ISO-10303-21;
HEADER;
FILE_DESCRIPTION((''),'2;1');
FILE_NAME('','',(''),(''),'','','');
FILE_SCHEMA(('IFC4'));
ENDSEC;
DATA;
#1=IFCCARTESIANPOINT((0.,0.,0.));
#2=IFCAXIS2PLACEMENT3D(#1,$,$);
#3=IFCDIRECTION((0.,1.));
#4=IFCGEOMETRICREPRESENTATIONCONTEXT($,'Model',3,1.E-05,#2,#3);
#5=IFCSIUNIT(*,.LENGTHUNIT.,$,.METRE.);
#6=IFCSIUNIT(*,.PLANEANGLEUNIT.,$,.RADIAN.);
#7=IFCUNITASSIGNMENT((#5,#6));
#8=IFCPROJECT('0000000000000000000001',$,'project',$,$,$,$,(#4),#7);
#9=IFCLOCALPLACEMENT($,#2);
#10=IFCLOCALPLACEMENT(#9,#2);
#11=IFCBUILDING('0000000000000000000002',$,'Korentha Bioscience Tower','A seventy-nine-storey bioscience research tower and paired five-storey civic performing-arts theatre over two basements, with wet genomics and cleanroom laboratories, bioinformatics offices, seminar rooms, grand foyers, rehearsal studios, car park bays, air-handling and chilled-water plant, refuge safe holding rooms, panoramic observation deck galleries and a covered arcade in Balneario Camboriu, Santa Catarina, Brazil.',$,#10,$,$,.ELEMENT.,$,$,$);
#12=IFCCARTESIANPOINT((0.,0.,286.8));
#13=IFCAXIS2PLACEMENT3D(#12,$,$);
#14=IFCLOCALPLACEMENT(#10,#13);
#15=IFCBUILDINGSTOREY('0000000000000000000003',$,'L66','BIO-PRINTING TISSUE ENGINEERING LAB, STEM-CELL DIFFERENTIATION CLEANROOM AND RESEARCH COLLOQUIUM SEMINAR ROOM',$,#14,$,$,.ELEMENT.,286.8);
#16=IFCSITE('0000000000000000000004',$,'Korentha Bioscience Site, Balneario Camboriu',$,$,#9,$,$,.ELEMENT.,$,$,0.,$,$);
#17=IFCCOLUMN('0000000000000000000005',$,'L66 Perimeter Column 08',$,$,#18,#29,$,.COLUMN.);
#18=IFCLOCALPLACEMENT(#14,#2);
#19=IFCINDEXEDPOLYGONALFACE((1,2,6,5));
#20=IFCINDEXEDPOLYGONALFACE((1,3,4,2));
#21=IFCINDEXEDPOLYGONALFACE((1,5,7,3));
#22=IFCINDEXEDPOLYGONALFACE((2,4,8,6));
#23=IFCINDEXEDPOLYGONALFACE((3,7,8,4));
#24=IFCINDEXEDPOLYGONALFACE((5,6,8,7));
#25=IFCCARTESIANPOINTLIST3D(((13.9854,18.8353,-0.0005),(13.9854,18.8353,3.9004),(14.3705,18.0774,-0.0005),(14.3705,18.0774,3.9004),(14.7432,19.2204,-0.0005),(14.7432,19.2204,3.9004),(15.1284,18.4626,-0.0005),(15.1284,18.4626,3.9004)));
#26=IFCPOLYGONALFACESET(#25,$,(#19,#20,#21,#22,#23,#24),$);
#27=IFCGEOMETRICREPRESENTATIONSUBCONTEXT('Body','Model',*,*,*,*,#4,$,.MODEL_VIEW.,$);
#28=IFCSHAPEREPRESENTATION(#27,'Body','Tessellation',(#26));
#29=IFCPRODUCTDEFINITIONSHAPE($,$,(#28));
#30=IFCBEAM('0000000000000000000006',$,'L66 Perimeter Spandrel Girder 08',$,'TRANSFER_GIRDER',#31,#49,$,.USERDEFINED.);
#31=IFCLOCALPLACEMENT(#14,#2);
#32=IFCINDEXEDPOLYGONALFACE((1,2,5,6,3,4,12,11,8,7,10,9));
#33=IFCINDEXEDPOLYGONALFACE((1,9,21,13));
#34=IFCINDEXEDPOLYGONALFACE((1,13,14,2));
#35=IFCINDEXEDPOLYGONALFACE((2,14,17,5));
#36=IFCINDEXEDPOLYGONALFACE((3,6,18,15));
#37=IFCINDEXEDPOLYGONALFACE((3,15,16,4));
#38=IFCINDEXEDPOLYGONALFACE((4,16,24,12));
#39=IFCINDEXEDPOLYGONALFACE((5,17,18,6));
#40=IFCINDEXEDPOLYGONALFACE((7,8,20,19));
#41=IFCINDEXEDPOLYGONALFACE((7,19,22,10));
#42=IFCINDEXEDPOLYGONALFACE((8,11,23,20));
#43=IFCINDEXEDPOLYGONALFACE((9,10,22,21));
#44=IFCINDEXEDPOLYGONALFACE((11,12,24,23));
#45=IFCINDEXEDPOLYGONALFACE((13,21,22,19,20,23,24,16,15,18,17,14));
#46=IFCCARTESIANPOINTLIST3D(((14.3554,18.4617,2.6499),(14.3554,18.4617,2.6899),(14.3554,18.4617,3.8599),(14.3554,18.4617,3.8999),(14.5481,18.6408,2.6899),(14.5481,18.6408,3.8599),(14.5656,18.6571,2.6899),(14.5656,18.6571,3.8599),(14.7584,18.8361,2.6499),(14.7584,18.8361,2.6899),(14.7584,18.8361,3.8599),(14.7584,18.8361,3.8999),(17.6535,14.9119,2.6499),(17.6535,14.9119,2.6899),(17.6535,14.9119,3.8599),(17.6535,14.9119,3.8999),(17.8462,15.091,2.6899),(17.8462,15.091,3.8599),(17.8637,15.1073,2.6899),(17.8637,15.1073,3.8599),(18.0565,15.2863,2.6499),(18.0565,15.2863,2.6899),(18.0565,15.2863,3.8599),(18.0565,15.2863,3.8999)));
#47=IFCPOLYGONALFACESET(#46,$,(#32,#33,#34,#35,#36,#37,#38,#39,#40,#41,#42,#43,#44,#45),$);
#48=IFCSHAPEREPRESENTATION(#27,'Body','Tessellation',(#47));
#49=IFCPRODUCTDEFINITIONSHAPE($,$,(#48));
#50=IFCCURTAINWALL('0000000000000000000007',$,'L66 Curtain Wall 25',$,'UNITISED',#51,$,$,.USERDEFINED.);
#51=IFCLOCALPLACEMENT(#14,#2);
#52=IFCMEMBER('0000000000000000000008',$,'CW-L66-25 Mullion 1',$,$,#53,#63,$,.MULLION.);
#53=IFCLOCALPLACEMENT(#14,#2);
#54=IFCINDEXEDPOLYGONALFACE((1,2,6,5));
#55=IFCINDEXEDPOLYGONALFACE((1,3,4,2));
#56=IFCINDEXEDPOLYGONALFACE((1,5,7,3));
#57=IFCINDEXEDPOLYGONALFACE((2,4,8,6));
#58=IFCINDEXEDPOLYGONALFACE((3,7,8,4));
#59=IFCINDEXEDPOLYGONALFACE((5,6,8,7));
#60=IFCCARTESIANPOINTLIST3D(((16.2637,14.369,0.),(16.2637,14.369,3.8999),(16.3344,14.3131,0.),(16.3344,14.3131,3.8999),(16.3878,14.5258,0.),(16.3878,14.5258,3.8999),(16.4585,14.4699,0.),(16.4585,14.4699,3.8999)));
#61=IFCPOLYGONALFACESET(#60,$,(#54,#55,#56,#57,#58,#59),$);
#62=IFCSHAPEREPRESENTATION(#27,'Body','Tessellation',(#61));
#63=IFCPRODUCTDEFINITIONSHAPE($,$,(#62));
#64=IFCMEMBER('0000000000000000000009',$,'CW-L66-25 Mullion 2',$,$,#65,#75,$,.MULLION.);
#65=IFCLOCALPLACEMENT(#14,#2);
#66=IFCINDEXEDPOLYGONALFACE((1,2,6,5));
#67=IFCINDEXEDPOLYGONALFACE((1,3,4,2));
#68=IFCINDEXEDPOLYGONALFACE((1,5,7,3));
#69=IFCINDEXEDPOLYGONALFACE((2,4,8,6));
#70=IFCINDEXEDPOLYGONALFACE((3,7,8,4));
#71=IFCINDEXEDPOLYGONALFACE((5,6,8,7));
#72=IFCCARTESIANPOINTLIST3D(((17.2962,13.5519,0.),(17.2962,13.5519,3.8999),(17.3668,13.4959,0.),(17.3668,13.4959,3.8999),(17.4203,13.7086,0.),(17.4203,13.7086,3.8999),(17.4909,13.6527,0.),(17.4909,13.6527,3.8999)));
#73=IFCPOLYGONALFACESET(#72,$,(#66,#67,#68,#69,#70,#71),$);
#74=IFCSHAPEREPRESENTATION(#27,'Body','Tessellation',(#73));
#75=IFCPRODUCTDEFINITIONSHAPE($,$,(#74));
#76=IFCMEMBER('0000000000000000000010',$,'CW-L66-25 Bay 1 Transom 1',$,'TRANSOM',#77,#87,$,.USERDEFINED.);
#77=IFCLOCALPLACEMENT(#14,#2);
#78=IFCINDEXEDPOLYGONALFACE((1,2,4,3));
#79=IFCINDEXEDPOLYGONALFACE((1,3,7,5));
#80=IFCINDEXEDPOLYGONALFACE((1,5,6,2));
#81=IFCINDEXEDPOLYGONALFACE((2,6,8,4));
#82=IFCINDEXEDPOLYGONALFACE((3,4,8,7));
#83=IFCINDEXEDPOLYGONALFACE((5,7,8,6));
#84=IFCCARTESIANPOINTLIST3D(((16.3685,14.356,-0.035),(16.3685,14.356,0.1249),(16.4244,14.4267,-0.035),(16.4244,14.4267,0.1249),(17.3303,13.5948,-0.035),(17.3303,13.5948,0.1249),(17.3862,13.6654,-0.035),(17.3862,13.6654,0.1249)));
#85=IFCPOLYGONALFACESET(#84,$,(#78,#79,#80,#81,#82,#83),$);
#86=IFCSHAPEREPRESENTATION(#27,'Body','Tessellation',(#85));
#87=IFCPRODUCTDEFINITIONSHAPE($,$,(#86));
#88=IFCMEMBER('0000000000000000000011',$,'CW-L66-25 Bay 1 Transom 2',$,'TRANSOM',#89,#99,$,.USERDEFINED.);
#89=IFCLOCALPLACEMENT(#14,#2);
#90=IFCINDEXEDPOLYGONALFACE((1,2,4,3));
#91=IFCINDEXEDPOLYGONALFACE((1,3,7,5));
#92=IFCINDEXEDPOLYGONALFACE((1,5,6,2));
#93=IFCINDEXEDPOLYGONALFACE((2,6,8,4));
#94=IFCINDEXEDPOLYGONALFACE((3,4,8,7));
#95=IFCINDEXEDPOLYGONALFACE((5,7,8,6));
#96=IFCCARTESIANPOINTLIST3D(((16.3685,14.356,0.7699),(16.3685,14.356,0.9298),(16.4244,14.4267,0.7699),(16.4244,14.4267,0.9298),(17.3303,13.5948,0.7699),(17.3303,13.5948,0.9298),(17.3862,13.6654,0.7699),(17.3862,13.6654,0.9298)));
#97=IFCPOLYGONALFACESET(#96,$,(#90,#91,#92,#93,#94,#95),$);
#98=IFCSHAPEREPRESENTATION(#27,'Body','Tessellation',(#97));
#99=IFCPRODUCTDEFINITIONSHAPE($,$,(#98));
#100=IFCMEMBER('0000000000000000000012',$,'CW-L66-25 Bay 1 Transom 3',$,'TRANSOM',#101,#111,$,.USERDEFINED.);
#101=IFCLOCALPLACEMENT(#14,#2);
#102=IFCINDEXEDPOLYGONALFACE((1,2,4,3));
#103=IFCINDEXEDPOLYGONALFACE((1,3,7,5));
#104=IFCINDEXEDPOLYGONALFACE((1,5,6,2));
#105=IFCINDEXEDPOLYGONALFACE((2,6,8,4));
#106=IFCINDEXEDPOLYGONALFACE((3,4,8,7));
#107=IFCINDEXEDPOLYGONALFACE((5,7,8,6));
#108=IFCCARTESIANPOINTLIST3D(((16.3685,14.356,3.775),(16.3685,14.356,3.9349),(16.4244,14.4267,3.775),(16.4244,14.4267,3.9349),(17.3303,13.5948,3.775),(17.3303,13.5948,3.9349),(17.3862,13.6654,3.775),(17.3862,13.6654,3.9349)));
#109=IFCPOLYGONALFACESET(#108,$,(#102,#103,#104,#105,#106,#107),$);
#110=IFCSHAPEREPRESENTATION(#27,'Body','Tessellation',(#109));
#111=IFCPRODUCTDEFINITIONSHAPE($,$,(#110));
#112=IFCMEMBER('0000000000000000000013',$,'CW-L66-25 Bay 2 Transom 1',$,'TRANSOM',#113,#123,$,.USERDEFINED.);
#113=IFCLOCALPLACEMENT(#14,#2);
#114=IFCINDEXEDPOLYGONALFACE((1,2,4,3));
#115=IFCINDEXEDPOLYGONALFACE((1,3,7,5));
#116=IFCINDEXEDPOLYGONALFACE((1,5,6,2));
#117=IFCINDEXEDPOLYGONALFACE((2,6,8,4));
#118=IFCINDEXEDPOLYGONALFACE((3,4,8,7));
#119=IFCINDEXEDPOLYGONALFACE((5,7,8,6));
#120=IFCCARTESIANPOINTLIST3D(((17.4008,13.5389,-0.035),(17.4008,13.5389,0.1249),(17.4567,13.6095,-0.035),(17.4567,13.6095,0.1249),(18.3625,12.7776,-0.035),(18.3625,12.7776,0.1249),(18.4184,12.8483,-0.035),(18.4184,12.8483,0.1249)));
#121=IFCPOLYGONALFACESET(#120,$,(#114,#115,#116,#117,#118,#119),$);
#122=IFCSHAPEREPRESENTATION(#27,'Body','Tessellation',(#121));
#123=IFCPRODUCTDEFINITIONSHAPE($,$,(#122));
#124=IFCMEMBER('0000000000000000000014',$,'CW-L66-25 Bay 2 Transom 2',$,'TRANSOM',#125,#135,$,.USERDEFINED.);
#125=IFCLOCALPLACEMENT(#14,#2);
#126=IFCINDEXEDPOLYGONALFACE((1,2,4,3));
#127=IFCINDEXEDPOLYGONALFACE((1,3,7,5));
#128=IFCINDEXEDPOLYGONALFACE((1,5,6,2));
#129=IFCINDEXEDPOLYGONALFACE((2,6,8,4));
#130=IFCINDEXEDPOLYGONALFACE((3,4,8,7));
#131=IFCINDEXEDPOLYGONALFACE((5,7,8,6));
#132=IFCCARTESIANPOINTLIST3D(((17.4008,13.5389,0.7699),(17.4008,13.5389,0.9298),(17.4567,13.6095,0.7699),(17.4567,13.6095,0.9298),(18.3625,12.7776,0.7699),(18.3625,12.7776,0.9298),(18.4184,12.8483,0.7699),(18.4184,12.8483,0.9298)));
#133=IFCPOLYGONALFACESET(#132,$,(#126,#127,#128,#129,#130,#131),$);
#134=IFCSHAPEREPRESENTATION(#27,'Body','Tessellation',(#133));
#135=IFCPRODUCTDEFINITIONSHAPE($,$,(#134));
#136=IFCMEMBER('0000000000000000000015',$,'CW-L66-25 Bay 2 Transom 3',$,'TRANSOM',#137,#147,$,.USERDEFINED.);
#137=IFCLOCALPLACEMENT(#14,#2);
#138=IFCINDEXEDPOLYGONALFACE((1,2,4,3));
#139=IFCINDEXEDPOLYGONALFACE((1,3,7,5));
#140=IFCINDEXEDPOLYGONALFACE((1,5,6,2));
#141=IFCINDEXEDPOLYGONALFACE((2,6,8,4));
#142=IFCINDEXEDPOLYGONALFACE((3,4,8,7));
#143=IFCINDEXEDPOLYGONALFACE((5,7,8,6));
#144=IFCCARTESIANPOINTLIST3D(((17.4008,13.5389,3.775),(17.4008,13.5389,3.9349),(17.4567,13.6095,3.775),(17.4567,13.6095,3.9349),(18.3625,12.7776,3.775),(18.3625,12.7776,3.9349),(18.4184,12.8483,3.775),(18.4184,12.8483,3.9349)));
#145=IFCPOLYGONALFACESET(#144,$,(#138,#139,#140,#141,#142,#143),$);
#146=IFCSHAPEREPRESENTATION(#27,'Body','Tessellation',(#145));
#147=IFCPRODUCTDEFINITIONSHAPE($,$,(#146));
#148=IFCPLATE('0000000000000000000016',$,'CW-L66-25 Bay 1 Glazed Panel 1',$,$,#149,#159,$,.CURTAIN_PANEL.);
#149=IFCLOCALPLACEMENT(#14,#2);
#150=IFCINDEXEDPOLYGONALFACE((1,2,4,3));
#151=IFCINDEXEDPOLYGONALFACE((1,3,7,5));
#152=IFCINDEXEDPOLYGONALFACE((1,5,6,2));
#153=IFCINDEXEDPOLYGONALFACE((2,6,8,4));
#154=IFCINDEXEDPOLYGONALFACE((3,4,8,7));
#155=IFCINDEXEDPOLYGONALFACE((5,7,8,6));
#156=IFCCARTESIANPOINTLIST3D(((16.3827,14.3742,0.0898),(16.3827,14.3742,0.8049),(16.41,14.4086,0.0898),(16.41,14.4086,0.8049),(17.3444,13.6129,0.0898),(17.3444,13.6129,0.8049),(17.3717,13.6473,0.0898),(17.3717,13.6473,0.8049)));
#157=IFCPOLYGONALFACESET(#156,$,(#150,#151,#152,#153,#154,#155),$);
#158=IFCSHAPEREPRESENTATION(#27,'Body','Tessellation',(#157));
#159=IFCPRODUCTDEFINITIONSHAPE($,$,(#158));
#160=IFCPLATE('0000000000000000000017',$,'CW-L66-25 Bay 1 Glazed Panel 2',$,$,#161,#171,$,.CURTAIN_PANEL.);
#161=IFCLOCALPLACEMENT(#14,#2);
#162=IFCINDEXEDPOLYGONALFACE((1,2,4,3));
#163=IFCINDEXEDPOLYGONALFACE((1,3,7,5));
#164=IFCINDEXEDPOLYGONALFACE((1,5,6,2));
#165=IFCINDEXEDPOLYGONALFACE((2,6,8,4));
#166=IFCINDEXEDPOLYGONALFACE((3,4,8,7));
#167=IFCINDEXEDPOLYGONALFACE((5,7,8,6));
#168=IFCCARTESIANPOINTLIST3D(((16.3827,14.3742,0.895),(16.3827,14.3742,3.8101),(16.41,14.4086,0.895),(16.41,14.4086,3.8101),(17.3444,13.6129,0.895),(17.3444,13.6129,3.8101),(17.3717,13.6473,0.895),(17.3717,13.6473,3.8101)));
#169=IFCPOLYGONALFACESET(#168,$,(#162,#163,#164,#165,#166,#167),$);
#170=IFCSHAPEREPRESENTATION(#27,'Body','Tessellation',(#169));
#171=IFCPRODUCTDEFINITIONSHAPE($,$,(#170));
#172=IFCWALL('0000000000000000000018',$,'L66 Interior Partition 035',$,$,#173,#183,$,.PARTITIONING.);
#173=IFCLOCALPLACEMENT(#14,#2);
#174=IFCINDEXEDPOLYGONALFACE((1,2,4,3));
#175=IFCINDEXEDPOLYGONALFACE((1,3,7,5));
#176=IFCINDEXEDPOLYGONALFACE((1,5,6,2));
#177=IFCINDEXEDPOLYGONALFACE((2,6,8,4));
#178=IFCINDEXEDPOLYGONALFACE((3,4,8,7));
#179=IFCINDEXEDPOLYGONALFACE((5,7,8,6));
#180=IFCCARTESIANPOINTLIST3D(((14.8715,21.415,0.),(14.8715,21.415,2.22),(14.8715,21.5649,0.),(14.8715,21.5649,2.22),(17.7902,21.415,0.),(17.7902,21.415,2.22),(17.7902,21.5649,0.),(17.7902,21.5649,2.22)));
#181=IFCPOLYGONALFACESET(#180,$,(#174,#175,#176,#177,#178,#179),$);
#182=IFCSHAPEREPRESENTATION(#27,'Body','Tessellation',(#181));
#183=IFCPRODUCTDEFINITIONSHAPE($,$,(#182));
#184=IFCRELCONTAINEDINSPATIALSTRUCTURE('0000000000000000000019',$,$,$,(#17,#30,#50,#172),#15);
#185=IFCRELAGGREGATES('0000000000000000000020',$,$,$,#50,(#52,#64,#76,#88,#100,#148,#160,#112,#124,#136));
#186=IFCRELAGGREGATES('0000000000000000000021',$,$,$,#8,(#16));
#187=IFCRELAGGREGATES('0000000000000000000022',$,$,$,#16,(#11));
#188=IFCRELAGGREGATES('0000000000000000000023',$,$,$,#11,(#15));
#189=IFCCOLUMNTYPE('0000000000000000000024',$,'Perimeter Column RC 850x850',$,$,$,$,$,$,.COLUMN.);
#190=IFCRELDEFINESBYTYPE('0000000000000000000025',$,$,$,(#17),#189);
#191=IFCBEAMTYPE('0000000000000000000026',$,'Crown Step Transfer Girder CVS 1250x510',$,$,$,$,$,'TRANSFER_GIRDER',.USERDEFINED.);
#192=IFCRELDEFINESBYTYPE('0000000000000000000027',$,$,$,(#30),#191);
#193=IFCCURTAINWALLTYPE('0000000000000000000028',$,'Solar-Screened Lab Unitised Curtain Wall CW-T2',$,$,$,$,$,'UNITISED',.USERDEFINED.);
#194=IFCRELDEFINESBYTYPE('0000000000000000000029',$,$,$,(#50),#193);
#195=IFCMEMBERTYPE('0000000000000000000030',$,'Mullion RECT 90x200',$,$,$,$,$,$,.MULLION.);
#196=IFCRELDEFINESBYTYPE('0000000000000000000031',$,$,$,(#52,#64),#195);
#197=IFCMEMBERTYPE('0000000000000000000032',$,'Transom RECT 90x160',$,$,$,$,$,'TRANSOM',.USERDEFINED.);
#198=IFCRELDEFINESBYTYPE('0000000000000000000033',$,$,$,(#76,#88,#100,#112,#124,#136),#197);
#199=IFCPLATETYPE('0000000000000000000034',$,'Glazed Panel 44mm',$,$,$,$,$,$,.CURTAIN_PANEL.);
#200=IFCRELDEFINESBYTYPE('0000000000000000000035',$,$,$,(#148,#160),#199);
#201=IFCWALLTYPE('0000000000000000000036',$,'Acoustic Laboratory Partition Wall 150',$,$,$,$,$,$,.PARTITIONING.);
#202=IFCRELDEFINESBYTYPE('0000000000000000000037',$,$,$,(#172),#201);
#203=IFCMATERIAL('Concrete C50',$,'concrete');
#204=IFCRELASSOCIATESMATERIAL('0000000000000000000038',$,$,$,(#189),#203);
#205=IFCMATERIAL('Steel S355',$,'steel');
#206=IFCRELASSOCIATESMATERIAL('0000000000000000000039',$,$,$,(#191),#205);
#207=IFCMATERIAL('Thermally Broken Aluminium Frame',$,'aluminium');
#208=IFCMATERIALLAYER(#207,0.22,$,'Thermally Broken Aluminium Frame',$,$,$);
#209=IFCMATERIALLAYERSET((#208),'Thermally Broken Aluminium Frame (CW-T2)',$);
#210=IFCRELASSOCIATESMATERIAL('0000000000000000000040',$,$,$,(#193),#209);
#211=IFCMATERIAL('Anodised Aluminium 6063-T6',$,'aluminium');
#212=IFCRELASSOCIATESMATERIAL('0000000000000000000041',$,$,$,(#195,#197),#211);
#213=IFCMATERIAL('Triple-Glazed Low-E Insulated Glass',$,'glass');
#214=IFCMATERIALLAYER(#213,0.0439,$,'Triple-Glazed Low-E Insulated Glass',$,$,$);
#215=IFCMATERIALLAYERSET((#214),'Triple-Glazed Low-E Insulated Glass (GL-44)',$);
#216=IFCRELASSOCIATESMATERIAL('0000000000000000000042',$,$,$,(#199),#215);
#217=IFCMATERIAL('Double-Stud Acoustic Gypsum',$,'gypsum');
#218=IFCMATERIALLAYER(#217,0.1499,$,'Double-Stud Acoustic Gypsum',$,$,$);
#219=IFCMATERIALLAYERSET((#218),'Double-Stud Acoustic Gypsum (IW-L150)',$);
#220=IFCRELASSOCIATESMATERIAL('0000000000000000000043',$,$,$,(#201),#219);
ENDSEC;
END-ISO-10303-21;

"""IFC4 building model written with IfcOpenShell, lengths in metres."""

from ifc_helpers import new_model, si_unit, direction, frame, frame_2d, origin, origin_2d, place, context, subcontext, project, spatial, rectangle, i_section, extrude, material, layer, layer_set, material_profile, profile_set, type_object, element, aggregate, save


model = new_model("IFC4")

# Units and contexts
model_context = context("Model", 3, precision=1e-05, world=origin(), true_north=direction((0.0, 1.0)))
body_context = subcontext(model_context, "Body", "Model", "MODEL_VIEW")
ifc_project = project(units=[si_unit("LENGTHUNIT", "METRE"), si_unit("PLANEANGLEUNIT", "RADIAN")], contexts=[model_context])

# Site, building, storey
site_placement = place(None, origin())
site = spatial("IfcSite", under=ifc_project, at=site_placement, Name="Korentha Bioscience Site, Balneario Camboriu", CompositionType="ELEMENT", RefElevation=0.0)
building_placement = place(site_placement, origin())
building = spatial("IfcBuilding", under=site, at=building_placement, Name="Korentha Bioscience Tower", Description="A seventy-nine-storey bioscience research tower and paired five-storey civic performing-arts theatre over two basements, with wet genomics and cleanroom laboratories, bioinformatics offices, seminar rooms, grand foyers, rehearsal studios, car park bays, air-handling and chilled-water plant, refuge safe holding rooms, panoramic observation deck galleries and a covered arcade in Balneario Camboriu, Santa Catarina, Brazil.", CompositionType="ELEMENT")
storey_placement = place(building_placement, frame((0.0, 0.0, 286.8)))
storey = spatial("IfcBuildingStorey", under=building, at=storey_placement, Name="L66", Description="BIO-PRINTING TISSUE ENGINEERING LAB, STEM-CELL DIFFERENTIATION CLEANROOM AND RESEARCH COLLOQUIUM SEMINAR ROOM", CompositionType="ELEMENT", Elevation=286.8)

# Column
ifc_material_1 = material(Name="Concrete C50", Category="concrete")
ifc_material_profile_1 = material_profile(ifc_material_1, rectangle(XDim=0.8501, YDim=0.8501, at=origin_2d()), Name="Concrete C50")
ifc_profile_set_1 = profile_set([ifc_material_profile_1], Name="Concrete C50 (COL-P08)")
column_type = type_object("IfcColumnType", Name="Perimeter Column RC 850x850", PredefinedType="COLUMN", material=ifc_profile_set_1)
column_placement = place(storey_placement, frame((14.5569, 18.6489, -0.0005), z_axis=(0.0, 0.0, 1.0), x_axis=(-0.453057, 0.891481, 0.0)))
element("IfcColumn", 1, at=column_placement, inside=storey, type_object=column_type, Name="L66 Perimeter Column 08", PredefinedType="COLUMN", context=body_context, shape_type="SweptSolid", body=[
    extrude(rectangle(XDim=0.8501, YDim=0.8501, at=origin_2d()), origin(), (0.0, 0.0, 1.0), 3.9009),
])

# Beam
ifc_material_2 = material(Name="Steel S355", Category="steel")
ifc_material_profile_2 = material_profile(ifc_material_2, i_section(OverallWidth=0.55, OverallDepth=1.25, WebThickness=0.0239, FlangeThickness=0.04, at=origin_2d()), Name="Steel S355")
ifc_profile_set_2 = profile_set([ifc_material_profile_2], Name="Steel S355 (TG-03)")
beam_type = type_object("IfcBeamType", Name="Crown Step Transfer Girder CVS 1250x510", ElementType="TRANSFER_GIRDER", PredefinedType="USERDEFINED", material=ifc_profile_set_2)
beam_placement = place(storey_placement, frame((14.5569, 18.6489, 3.2749), z_axis=(0.680656, -0.732603, 0.0), x_axis=(0.732603, 0.680656, 0.0)))
element("IfcBeam", 2, at=beam_placement, inside=storey, type_object=beam_type, Name="L66 Perimeter Spandrel Girder 08", ObjectType="TRANSFER_GIRDER", PredefinedType="USERDEFINED", context=body_context, shape_type="SweptSolid", body=[
    extrude(i_section(OverallWidth=0.55, OverallDepth=1.25, WebThickness=0.0239, FlangeThickness=0.04, at=origin_2d()), origin(), (0.0, 0.0, 1.0), 4.8455),
])

# Curtain wall, members, plates
ifc_material_3 = material(Name="Thermally Broken Aluminium Frame", Category="aluminium")
ifc_layer_1 = layer(ifc_material_3, 0.22, Name="Thermally Broken Aluminium Frame")
ifc_layer_set_1 = layer_set([ifc_layer_1], Name="Thermally Broken Aluminium Frame (CW-T2)")
curtain_wall_type = type_object("IfcCurtainWallType", Name="Solar-Screened Lab Unitised Curtain Wall CW-T2", ElementType="UNITISED", PredefinedType="USERDEFINED", material=ifc_layer_set_1)
curtain_wall_placement = place(storey_placement, origin())
curtain_wall = element("IfcCurtainWall", 3, at=curtain_wall_placement, inside=storey, type_object=curtain_wall_type, Name="L66 Curtain Wall 25", ObjectType="UNITISED", PredefinedType="USERDEFINED")
ifc_material_4 = material(Name="Anodised Aluminium 6063-T6", Category="aluminium")
ifc_material_profile_3 = material_profile(ifc_material_4, rectangle(XDim=0.0901, YDim=0.2, at=origin_2d()), Name="Anodised Aluminium 6063-T6")
ifc_profile_set_3 = profile_set([ifc_material_profile_3], Name="Anodised Aluminium 6063-T6 (CW-MUL)")
member_type_1 = type_object("IfcMemberType", Name="Mullion RECT 90x200", PredefinedType="MULLION", material=ifc_profile_set_3)
member_1_placement = place(storey_placement, frame((16.3611, 14.4194, 0.0), z_axis=(0.0, 0.0, 1.0), x_axis=(0.784076, -0.620665, 0.0)))
member_1 = element("IfcMember", 4, at=member_1_placement, type_object=member_type_1, Name="CW-L66-25 Mullion 1", PredefinedType="MULLION", context=body_context, shape_type="SweptSolid", body=[
    extrude(rectangle(XDim=0.0901, YDim=0.2, at=origin_2d()), origin(), (0.0, 0.0, 1.0), 3.8999),
])
member_2_placement = place(storey_placement, frame((17.3936, 13.6023, 0.0), z_axis=(0.0, 0.0, 1.0), x_axis=(0.784076, -0.620665, 0.0)))
member_2 = element("IfcMember", 5, at=member_2_placement, type_object=member_type_1, Name="CW-L66-25 Mullion 2", PredefinedType="MULLION", context=body_context, shape_type="SweptSolid", body=[
    extrude(rectangle(XDim=0.0901, YDim=0.2, at=origin_2d()), origin(), (0.0, 0.0, 1.0), 3.8999),
])
ifc_material_profile_4 = material_profile(ifc_material_4, rectangle(XDim=0.0901, YDim=0.1599, at=origin_2d()), Name="Anodised Aluminium 6063-T6")
ifc_profile_set_4 = profile_set([ifc_material_profile_4], Name="Anodised Aluminium 6063-T6 (CW-TRN)")
member_type_2 = type_object("IfcMemberType", Name="Transom RECT 90x160", ElementType="TRANSOM", PredefinedType="USERDEFINED", material=ifc_profile_set_4)
member_3_placement = place(storey_placement, frame((16.3965, 14.3914, 0.0449), z_axis=(0.784082, -0.620657, 0.0), x_axis=(0.620657, 0.784082, 0.0)))
member_3 = element("IfcMember", 6, at=member_3_placement, type_object=member_type_2, Name="CW-L66-25 Bay 1 Transom 1", ObjectType="TRANSOM", PredefinedType="USERDEFINED", context=body_context, shape_type="SweptSolid", body=[
    extrude(rectangle(XDim=0.0901, YDim=0.1599, at=origin_2d()), origin(), (0.0, 0.0, 1.0), 1.2266),
])
member_4_placement = place(storey_placement, frame((16.3965, 14.3914, 0.8499), z_axis=(0.784082, -0.620657, 0.0), x_axis=(0.620657, 0.784082, 0.0)))
member_4 = element("IfcMember", 7, at=member_4_placement, type_object=member_type_2, Name="CW-L66-25 Bay 1 Transom 2", ObjectType="TRANSOM", PredefinedType="USERDEFINED", context=body_context, shape_type="SweptSolid", body=[
    extrude(rectangle(XDim=0.0901, YDim=0.1599, at=origin_2d()), origin(), (0.0, 0.0, 1.0), 1.2266),
])
member_5_placement = place(storey_placement, frame((16.3965, 14.3914, 3.855), z_axis=(0.784082, -0.620657, 0.0), x_axis=(0.620657, 0.784082, 0.0)))
member_5 = element("IfcMember", 8, at=member_5_placement, type_object=member_type_2, Name="CW-L66-25 Bay 1 Transom 3", ObjectType="TRANSOM", PredefinedType="USERDEFINED", context=body_context, shape_type="SweptSolid", body=[
    extrude(rectangle(XDim=0.0901, YDim=0.1599, at=origin_2d()), origin(), (0.0, 0.0, 1.0), 1.2266),
])
member_6_placement = place(storey_placement, frame((17.4287, 13.5742, 0.0449), z_axis=(0.784082, -0.620657, 0.0), x_axis=(0.620657, 0.784082, 0.0)))
member_6 = element("IfcMember", 9, at=member_6_placement, type_object=member_type_2, Name="CW-L66-25 Bay 2 Transom 1", ObjectType="TRANSOM", PredefinedType="USERDEFINED", context=body_context, shape_type="SweptSolid", body=[
    extrude(rectangle(XDim=0.0901, YDim=0.1599, at=origin_2d()), origin(), (0.0, 0.0, 1.0), 1.2266),
])
member_7_placement = place(storey_placement, frame((17.4287, 13.5742, 0.8499), z_axis=(0.784082, -0.620657, 0.0), x_axis=(0.620657, 0.784082, 0.0)))
member_7 = element("IfcMember", 10, at=member_7_placement, type_object=member_type_2, Name="CW-L66-25 Bay 2 Transom 2", ObjectType="TRANSOM", PredefinedType="USERDEFINED", context=body_context, shape_type="SweptSolid", body=[
    extrude(rectangle(XDim=0.0901, YDim=0.1599, at=origin_2d()), origin(), (0.0, 0.0, 1.0), 1.2266),
])
member_8_placement = place(storey_placement, frame((17.4287, 13.5742, 3.855), z_axis=(0.784082, -0.620657, 0.0), x_axis=(0.620657, 0.784082, 0.0)))
member_8 = element("IfcMember", 11, at=member_8_placement, type_object=member_type_2, Name="CW-L66-25 Bay 2 Transom 3", ObjectType="TRANSOM", PredefinedType="USERDEFINED", context=body_context, shape_type="SweptSolid", body=[
    extrude(rectangle(XDim=0.0901, YDim=0.1599, at=origin_2d()), origin(), (0.0, 0.0, 1.0), 1.2266),
])
ifc_material_5 = material(Name="Triple-Glazed Low-E Insulated Glass", Category="glass")
ifc_layer_2 = layer(ifc_material_5, 0.0439, Name="Triple-Glazed Low-E Insulated Glass")
ifc_layer_set_2 = layer_set([ifc_layer_2], Name="Triple-Glazed Low-E Insulated Glass (GL-44)")
plate_type = type_object("IfcPlateType", Name="Glazed Panel 44mm", PredefinedType="CURTAIN_PANEL", material=ifc_layer_set_2)
plate_1_placement = place(storey_placement, frame((16.8772, 14.0107, 0.0898), z_axis=(0.0, 0.0, 1.0), x_axis=(0.784076, -0.620665, 0.0)))
plate_1 = element("IfcPlate", 12, at=plate_1_placement, type_object=plate_type, Name="CW-L66-25 Bay 1 Glazed Panel 1", PredefinedType="CURTAIN_PANEL", context=body_context, shape_type="SweptSolid", body=[
    extrude(rectangle(XDim=1.2266, YDim=0.0439, at=origin_2d()), origin(), (0.0, 0.0, 1.0), 0.7151),
])
plate_2_placement = place(storey_placement, frame((16.8772, 14.0107, 0.895), z_axis=(0.0, 0.0, 1.0), x_axis=(0.784076, -0.620665, 0.0)))
plate_2 = element("IfcPlate", 13, at=plate_2_placement, type_object=plate_type, Name="CW-L66-25 Bay 1 Glazed Panel 2", PredefinedType="CURTAIN_PANEL", context=body_context, shape_type="SweptSolid", body=[
    extrude(rectangle(XDim=1.2266, YDim=0.0439, at=origin_2d()), origin(), (0.0, 0.0, 1.0), 2.915),
])
aggregate(curtain_wall, [member_1, member_2, member_3, member_4, member_5, plate_1, plate_2, member_6, member_7, member_8])

# Wall
ifc_material_6 = material(Name="Double-Stud Acoustic Gypsum", Category="gypsum")
ifc_layer_3 = layer(ifc_material_6, 0.1499, Name="Double-Stud Acoustic Gypsum")
ifc_layer_set_3 = layer_set([ifc_layer_3], Name="Double-Stud Acoustic Gypsum (IW-L150)")
wall_type_1 = type_object("IfcWallType", Name="Acoustic Laboratory Partition Wall 150", PredefinedType="PARTITIONING", material=ifc_layer_set_3)
wall_1_placement = place(storey_placement, frame((14.8713, 21.49, 0.0), z_axis=(0.0, 0.0, 1.0), x_axis=(1.0, 0.0, 0.0)))
element("IfcWall", 14, at=wall_1_placement, inside=storey, type_object=wall_type_1, Name="L66 Interior Partition 035", PredefinedType="PARTITIONING", context=body_context, shape_type="SweptSolid", body=[
    extrude(rectangle(XDim=2.9187, YDim=0.1499, at=frame_2d((1.4595, 0.0))), origin(), (0.0, 0.0, 1.0), 2.22),
])

save(model, "model.ifc")
